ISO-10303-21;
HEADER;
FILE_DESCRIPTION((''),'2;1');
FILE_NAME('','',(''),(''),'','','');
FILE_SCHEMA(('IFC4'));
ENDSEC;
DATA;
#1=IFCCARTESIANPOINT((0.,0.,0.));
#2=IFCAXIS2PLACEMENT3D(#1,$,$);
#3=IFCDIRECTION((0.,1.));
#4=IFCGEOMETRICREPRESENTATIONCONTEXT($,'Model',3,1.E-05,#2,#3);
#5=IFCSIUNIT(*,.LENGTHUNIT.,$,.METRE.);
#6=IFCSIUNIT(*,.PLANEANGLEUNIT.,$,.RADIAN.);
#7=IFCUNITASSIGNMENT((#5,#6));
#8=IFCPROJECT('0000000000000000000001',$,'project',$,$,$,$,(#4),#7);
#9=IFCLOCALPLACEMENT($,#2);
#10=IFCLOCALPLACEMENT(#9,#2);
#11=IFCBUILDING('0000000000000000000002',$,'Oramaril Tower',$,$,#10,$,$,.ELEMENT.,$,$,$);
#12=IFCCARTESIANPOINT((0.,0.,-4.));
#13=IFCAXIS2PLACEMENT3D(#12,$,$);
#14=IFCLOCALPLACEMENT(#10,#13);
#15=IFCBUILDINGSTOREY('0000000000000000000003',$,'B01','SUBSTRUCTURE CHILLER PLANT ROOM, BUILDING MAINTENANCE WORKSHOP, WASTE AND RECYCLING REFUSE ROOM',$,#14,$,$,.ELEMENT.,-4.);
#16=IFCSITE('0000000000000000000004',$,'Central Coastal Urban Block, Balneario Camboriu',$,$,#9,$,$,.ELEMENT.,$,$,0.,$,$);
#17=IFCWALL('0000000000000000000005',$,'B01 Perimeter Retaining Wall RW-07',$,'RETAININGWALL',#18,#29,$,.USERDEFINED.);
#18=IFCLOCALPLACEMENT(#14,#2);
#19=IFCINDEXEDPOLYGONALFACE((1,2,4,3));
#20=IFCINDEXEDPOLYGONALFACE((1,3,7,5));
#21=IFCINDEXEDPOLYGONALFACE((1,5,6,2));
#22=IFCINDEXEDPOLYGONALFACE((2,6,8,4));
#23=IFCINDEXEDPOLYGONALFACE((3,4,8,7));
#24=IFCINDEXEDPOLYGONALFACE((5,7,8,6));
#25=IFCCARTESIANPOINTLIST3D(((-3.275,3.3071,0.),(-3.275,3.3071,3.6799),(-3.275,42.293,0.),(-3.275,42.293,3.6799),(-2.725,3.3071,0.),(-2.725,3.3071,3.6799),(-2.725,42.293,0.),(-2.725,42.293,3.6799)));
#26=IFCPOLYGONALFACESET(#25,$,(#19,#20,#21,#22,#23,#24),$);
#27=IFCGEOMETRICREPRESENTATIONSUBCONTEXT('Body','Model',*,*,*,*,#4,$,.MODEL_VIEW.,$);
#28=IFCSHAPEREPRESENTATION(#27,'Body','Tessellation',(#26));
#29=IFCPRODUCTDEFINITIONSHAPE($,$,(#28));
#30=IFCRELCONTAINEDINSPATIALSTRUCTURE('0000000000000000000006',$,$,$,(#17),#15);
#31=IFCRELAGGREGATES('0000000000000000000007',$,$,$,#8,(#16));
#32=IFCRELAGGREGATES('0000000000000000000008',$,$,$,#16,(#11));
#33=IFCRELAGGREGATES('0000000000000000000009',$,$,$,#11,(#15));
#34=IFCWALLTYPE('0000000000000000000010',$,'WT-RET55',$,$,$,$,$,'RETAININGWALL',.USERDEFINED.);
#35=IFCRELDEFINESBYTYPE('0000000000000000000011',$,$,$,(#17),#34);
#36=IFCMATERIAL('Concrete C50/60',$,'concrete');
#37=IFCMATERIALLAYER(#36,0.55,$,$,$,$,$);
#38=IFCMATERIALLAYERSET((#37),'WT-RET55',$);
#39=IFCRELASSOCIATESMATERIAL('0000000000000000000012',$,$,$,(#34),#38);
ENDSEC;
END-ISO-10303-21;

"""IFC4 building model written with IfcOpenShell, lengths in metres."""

from ifc_helpers import new_model, si_unit, direction, frame, frame_2d, origin, place, context, subcontext, project, spatial, rectangle, extrude, material, layer, layer_set, type_object, element, save


model = new_model("IFC4")

# Units and contexts
model_context = context("Model", 3, precision=1e-05, world=origin(), true_north=direction((0.0, 1.0)))
body_context = subcontext(model_context, "Body", "Model", "MODEL_VIEW")
ifc_project = project(units=[si_unit("LENGTHUNIT", "METRE"), si_unit("PLANEANGLEUNIT", "RADIAN")], contexts=[model_context])

# Site, building, storey
site_placement = place(None, origin())
site = spatial("IfcSite", under=ifc_project, at=site_placement, Name="Central Coastal Urban Block, Balneario Camboriu", CompositionType="ELEMENT", RefElevation=0.0)
building_placement = place(site_placement, origin())
building = spatial("IfcBuilding", under=site, at=building_placement, Name="Oramaril Tower", CompositionType="ELEMENT")
storey_placement = place(building_placement, frame((0.0, 0.0, -4.0)))
storey = spatial("IfcBuildingStorey", under=building, at=storey_placement, Name="B01", Description="SUBSTRUCTURE CHILLER PLANT ROOM, BUILDING MAINTENANCE WORKSHOP, WASTE AND RECYCLING REFUSE ROOM", CompositionType="ELEMENT", Elevation=-4.0)

# Wall
ifc_material_1 = material(Name="Concrete C50/60", Category="concrete")
ifc_layer_1 = layer(ifc_material_1, 0.55)
ifc_layer_set_1 = layer_set([ifc_layer_1], Name="WT-RET55")
wall_type_1 = type_object("IfcWallType", Name="WT-RET55", ElementType="RETAININGWALL", PredefinedType="USERDEFINED", material=ifc_layer_set_1)
wall_1_placement = place(storey_placement, frame((-3.0, 42.293, 0.0), z_axis=(0.0, 0.0, 1.0), x_axis=(0.0, -1.0, 0.0)))
element("IfcWall", 1, at=wall_1_placement, inside=storey, type_object=wall_type_1, Name="B01 Perimeter Retaining Wall RW-07", ObjectType="RETAININGWALL", PredefinedType="USERDEFINED", context=body_context, shape_type="SweptSolid", body=[
    extrude(rectangle(XDim=38.9858, YDim=0.55, at=frame_2d((19.4929, 0.0))), origin(), (0.0, 0.0, 1.0), 3.6799),
])

save(model, "model.ifc")
